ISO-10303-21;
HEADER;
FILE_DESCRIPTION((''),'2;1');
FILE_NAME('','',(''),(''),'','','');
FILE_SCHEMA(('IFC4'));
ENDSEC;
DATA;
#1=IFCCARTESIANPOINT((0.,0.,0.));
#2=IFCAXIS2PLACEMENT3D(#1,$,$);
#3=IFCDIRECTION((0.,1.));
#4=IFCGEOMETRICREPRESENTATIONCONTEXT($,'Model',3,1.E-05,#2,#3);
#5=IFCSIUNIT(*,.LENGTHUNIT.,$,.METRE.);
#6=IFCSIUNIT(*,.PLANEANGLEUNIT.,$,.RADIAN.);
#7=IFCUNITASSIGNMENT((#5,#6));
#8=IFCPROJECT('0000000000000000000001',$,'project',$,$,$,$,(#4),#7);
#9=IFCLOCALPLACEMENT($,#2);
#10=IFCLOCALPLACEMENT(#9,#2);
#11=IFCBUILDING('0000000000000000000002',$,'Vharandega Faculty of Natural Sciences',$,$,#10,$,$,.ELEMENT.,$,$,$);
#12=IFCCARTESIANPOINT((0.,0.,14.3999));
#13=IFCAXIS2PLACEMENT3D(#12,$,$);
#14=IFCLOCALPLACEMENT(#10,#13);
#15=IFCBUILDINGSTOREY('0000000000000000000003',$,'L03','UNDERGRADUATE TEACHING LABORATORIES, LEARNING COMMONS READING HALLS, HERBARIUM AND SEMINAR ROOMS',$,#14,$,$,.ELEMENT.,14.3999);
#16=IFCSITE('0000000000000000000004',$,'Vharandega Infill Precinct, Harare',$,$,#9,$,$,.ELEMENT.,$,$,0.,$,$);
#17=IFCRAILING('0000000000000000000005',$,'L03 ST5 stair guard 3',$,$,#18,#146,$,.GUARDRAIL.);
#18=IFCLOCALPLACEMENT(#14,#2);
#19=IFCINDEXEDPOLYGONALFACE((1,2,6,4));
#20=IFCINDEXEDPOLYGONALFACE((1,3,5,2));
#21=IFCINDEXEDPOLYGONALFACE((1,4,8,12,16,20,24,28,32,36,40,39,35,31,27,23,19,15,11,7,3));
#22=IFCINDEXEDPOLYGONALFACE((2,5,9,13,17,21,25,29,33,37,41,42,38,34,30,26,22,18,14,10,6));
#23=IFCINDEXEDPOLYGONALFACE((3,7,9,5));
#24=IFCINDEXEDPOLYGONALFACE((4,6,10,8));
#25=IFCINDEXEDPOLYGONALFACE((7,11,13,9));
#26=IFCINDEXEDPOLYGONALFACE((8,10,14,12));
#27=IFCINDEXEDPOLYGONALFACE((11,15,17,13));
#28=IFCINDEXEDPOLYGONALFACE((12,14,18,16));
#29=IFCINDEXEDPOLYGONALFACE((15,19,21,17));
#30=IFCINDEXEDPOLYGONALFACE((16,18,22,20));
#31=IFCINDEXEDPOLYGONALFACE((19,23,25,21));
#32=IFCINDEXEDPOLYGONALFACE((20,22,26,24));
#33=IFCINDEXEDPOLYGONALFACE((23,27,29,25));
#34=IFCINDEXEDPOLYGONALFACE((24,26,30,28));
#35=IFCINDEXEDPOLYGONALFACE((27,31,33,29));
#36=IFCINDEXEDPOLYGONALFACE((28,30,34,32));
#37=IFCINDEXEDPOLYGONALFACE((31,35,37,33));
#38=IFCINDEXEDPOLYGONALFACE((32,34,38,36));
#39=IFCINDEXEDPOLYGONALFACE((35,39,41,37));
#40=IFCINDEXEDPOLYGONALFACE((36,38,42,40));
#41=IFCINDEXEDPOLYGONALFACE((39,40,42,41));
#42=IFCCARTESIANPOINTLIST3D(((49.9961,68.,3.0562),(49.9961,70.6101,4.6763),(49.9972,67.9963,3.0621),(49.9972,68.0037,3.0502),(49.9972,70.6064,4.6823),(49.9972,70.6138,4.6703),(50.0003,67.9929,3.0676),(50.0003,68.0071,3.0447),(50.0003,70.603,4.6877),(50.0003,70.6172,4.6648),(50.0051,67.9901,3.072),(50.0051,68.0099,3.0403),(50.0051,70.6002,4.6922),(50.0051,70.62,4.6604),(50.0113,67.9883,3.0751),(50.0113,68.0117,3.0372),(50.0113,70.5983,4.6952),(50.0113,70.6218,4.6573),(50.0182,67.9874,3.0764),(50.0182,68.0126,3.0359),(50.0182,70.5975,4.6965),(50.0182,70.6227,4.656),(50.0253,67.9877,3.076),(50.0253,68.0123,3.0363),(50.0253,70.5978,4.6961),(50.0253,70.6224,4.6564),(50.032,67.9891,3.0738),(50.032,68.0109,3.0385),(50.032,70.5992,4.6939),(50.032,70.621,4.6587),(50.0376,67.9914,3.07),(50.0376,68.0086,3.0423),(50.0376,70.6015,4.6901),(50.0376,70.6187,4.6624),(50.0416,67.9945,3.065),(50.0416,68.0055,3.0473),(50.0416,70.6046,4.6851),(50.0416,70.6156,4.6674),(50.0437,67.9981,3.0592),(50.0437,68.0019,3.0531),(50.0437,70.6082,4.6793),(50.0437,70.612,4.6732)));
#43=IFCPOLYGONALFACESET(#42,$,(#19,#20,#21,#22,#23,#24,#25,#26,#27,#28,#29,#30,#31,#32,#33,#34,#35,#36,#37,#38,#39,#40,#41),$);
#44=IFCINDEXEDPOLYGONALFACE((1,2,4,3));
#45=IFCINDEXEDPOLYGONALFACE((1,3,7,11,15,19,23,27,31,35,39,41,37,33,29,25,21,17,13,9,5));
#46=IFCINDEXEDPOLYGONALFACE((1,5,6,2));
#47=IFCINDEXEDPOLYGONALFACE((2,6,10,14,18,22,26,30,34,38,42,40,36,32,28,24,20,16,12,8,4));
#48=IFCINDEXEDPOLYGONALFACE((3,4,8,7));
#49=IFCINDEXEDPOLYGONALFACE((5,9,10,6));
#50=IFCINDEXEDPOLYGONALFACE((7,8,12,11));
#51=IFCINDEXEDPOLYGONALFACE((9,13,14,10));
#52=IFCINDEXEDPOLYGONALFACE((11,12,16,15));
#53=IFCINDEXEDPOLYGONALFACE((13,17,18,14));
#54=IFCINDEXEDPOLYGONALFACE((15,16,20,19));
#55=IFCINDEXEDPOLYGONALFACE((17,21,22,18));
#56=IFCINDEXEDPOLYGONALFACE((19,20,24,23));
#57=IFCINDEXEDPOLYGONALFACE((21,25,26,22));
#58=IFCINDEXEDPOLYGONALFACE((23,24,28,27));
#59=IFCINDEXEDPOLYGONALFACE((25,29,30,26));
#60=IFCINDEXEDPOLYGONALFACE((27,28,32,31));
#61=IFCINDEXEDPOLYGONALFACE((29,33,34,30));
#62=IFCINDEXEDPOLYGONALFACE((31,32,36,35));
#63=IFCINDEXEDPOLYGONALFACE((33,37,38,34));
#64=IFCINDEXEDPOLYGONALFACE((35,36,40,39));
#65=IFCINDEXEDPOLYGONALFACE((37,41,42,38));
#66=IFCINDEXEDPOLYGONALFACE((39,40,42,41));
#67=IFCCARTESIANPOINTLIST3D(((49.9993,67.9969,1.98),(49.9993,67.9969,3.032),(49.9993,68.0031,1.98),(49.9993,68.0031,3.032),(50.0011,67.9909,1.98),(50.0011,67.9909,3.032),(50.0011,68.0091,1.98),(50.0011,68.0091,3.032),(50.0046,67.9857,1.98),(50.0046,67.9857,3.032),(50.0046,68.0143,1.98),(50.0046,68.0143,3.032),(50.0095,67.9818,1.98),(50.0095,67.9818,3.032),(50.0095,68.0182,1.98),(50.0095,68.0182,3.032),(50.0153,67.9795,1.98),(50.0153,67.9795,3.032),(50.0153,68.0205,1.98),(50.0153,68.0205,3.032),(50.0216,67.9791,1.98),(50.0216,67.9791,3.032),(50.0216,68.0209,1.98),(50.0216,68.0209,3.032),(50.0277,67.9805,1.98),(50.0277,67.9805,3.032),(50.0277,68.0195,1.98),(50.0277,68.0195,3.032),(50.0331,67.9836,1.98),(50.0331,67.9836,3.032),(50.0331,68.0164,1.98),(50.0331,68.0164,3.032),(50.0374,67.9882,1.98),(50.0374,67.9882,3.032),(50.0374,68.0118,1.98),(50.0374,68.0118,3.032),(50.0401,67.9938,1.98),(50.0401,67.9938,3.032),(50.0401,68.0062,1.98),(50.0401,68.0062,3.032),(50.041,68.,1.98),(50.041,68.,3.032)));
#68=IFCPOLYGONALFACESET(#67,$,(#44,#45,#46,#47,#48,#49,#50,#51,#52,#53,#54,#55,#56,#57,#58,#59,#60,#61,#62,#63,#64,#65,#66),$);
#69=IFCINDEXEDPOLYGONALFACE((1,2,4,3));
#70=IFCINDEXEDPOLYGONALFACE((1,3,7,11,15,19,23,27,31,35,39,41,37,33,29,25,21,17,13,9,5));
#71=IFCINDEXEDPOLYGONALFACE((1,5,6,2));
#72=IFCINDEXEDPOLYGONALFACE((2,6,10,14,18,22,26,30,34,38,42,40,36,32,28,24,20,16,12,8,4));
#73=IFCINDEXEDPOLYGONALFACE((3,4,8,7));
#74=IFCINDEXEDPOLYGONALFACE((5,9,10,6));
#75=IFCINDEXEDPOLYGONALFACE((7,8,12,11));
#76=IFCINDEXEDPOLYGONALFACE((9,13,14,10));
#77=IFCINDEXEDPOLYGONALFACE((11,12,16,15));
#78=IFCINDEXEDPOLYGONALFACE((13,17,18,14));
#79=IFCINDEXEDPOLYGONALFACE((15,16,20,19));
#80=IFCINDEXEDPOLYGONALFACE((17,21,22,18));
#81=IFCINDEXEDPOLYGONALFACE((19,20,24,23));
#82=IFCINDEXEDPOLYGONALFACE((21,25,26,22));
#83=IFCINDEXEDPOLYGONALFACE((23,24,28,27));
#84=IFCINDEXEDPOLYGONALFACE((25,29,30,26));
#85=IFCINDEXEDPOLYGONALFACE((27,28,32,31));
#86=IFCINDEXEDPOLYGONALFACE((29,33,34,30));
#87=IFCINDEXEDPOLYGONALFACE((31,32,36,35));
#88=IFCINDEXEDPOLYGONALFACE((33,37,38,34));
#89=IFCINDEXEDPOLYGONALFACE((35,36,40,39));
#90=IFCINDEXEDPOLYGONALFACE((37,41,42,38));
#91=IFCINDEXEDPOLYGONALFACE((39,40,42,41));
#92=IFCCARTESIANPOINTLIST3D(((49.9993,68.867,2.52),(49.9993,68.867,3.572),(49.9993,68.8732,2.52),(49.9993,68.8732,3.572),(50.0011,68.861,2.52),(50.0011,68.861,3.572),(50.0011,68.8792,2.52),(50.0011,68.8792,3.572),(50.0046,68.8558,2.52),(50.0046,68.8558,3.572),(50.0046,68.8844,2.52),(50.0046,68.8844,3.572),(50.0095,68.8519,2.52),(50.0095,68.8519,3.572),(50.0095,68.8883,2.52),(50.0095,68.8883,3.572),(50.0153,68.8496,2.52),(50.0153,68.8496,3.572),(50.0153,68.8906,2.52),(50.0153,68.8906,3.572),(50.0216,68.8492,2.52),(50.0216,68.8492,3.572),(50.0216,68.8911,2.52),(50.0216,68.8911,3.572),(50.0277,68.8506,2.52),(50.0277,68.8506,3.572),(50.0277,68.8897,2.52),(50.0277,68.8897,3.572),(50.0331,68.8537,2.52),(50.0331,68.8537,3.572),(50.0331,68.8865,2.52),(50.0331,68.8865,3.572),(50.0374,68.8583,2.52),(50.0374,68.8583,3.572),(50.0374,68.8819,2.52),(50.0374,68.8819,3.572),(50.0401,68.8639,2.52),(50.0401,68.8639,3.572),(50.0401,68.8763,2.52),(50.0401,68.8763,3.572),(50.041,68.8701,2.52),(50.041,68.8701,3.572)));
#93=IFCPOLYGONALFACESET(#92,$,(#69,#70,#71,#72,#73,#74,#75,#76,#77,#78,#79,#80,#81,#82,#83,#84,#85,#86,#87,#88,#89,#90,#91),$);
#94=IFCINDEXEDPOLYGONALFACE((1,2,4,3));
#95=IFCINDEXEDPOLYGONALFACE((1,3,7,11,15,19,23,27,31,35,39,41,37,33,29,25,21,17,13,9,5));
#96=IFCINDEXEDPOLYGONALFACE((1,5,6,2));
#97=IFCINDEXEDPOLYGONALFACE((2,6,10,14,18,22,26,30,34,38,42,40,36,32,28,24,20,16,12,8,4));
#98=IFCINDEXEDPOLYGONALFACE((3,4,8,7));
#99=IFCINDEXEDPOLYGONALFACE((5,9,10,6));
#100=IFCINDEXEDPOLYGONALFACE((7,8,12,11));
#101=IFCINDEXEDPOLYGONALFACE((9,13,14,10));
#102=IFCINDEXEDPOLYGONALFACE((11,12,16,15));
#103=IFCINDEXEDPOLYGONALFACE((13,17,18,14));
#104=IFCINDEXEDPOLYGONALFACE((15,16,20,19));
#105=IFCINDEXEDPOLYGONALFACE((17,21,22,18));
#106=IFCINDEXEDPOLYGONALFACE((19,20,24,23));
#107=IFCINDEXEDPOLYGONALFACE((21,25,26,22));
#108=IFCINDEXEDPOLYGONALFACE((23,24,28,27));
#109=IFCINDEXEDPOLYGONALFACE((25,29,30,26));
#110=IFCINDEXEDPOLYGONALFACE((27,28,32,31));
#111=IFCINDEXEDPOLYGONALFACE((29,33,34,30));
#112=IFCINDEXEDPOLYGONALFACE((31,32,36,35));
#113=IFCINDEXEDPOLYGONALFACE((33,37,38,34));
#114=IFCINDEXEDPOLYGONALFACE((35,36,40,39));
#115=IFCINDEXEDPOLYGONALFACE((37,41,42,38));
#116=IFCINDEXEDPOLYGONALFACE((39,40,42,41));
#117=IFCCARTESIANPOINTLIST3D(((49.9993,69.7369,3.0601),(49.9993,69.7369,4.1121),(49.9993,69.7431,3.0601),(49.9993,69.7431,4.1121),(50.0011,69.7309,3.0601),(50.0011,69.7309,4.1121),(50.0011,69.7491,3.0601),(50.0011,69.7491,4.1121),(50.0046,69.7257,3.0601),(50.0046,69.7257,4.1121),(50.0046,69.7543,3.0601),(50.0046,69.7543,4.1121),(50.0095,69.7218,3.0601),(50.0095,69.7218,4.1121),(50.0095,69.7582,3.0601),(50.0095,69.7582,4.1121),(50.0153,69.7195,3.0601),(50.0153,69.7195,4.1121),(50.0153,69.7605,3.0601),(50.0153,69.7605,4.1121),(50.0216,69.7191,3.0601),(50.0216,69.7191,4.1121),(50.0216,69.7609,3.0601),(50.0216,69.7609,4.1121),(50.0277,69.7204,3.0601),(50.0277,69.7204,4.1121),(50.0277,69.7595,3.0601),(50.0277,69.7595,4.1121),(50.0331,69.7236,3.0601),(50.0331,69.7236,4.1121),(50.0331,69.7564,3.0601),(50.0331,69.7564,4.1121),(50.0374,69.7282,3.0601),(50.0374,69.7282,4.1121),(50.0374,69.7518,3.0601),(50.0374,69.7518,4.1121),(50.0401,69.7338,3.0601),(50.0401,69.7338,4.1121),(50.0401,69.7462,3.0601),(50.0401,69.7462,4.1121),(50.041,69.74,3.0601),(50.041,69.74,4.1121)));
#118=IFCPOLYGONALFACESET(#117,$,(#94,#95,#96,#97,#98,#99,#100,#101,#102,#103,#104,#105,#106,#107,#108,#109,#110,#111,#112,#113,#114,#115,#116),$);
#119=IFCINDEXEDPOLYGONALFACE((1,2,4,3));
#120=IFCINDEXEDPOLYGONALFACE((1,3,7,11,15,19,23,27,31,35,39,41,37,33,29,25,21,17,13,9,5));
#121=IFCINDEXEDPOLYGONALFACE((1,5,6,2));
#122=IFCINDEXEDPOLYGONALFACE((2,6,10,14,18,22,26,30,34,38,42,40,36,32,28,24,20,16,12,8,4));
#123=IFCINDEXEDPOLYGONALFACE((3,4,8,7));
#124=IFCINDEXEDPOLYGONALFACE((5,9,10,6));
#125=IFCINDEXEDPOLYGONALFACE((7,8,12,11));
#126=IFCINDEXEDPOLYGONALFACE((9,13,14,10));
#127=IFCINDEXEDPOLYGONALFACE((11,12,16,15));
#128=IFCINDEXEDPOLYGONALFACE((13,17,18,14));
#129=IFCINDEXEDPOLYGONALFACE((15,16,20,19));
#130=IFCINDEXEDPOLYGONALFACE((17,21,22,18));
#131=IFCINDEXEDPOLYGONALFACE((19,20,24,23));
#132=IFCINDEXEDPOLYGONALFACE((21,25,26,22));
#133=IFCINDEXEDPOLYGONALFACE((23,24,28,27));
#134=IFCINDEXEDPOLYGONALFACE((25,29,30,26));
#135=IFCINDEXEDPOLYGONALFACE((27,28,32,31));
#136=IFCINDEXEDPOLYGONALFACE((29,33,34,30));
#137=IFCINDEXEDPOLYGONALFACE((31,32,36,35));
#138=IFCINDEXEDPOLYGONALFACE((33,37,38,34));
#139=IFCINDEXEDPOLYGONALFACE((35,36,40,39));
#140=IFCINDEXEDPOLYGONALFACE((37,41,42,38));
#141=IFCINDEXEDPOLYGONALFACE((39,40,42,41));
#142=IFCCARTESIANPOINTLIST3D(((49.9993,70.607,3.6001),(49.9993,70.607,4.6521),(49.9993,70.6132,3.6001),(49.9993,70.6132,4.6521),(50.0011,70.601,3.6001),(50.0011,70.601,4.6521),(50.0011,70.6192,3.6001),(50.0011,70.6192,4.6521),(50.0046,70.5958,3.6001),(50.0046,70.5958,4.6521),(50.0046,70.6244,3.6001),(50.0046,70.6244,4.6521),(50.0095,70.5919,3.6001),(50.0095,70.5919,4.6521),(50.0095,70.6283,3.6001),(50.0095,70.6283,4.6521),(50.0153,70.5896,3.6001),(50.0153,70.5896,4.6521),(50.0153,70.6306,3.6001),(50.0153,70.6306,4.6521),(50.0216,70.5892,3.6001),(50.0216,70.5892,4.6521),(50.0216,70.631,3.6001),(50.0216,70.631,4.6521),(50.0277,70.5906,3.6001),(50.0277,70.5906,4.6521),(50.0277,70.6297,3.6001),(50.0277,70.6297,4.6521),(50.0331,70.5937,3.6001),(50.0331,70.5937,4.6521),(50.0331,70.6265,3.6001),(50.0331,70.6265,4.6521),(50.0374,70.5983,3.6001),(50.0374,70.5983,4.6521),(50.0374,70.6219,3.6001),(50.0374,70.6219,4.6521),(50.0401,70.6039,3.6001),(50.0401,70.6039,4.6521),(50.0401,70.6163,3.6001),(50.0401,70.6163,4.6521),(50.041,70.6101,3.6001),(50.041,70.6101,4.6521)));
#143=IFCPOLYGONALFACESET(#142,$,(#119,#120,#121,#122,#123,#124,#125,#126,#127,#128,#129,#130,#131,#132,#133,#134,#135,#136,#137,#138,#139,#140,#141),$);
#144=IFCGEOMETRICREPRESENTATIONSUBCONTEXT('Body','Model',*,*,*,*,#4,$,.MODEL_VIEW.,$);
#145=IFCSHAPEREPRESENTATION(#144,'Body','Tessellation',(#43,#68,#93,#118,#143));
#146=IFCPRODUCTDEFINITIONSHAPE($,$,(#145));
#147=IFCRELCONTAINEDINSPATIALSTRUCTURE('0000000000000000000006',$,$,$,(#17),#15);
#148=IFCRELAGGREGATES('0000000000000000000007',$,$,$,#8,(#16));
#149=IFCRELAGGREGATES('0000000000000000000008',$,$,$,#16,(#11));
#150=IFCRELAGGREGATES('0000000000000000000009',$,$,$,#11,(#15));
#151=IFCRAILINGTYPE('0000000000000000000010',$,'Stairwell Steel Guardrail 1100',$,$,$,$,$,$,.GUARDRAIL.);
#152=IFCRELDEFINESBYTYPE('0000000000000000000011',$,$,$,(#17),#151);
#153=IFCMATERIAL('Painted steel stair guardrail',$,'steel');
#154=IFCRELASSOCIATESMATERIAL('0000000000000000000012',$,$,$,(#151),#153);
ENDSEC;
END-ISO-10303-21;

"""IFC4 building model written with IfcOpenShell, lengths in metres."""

from ifc_helpers import new_model, si_unit, direction, frame, origin, origin_2d, place, context, subcontext, project, spatial, circle, extrude, material, type_object, element, save


model = new_model("IFC4")

# Units and contexts
model_context = context("Model", 3, precision=1e-05, world=origin(), true_north=direction((0.0, 1.0)))
body_context = subcontext(model_context, "Body", "Model", "MODEL_VIEW")
ifc_project = project(units=[si_unit("LENGTHUNIT", "METRE"), si_unit("PLANEANGLEUNIT", "RADIAN")], contexts=[model_context])

# Site, building, storey
site_placement = place(None, origin())
site = spatial("IfcSite", under=ifc_project, at=site_placement, Name="Vharandega Infill Precinct, Harare", CompositionType="ELEMENT", RefElevation=0.0)
building_placement = place(site_placement, origin())
building = spatial("IfcBuilding", under=site, at=building_placement, Name="Vharandega Faculty of Natural Sciences", CompositionType="ELEMENT")
storey_placement = place(building_placement, frame((0.0, 0.0, 14.3999)))
storey = spatial("IfcBuildingStorey", under=building, at=storey_placement, Name="L03", Description="UNDERGRADUATE TEACHING LABORATORIES, LEARNING COMMONS READING HALLS, HERBARIUM AND SEMINAR ROOMS", CompositionType="ELEMENT", Elevation=14.3999)

# Railing
ifc_material_1 = material(Name="Painted steel stair guardrail", Category="steel")
railing_type_1 = type_object("IfcRailingType", Name="Stairwell Steel Guardrail 1100", PredefinedType="GUARDRAIL", material=ifc_material_1)
railing_1_placement = place(storey_placement, frame((50.02, 68.0, 1.98)))
element("IfcRailing", 1, at=railing_1_placement, inside=storey, type_object=railing_type_1, Name="L03 ST5 stair guard 3", PredefinedType="GUARDRAIL", context=body_context, shape_type="SweptSolid", body=[
    extrude(circle(Radius=0.0239, at=origin_2d()), frame((0.0, 0.0, 1.0762), z_axis=(0.0, 0.849633, 0.527375), x_axis=(-1.0, 0.0, 0.0)), (0.0, 0.0, 1.0), 3.072),
    extrude(circle(Radius=0.021, at=origin_2d()), origin(), (0.0, 0.0, 1.0), 1.052),
    extrude(circle(Radius=0.021, at=origin_2d()), frame((0.0, 0.8701, 0.54)), (0.0, 0.0, 1.0), 1.052),
    extrude(circle(Radius=0.021, at=origin_2d()), frame((0.0, 1.74, 1.0801)), (0.0, 0.0, 1.0), 1.052),
    extrude(circle(Radius=0.021, at=origin_2d()), frame((0.0, 2.6101, 1.6201)), (0.0, 0.0, 1.0), 1.052),
])

save(model, "model.ifc")
